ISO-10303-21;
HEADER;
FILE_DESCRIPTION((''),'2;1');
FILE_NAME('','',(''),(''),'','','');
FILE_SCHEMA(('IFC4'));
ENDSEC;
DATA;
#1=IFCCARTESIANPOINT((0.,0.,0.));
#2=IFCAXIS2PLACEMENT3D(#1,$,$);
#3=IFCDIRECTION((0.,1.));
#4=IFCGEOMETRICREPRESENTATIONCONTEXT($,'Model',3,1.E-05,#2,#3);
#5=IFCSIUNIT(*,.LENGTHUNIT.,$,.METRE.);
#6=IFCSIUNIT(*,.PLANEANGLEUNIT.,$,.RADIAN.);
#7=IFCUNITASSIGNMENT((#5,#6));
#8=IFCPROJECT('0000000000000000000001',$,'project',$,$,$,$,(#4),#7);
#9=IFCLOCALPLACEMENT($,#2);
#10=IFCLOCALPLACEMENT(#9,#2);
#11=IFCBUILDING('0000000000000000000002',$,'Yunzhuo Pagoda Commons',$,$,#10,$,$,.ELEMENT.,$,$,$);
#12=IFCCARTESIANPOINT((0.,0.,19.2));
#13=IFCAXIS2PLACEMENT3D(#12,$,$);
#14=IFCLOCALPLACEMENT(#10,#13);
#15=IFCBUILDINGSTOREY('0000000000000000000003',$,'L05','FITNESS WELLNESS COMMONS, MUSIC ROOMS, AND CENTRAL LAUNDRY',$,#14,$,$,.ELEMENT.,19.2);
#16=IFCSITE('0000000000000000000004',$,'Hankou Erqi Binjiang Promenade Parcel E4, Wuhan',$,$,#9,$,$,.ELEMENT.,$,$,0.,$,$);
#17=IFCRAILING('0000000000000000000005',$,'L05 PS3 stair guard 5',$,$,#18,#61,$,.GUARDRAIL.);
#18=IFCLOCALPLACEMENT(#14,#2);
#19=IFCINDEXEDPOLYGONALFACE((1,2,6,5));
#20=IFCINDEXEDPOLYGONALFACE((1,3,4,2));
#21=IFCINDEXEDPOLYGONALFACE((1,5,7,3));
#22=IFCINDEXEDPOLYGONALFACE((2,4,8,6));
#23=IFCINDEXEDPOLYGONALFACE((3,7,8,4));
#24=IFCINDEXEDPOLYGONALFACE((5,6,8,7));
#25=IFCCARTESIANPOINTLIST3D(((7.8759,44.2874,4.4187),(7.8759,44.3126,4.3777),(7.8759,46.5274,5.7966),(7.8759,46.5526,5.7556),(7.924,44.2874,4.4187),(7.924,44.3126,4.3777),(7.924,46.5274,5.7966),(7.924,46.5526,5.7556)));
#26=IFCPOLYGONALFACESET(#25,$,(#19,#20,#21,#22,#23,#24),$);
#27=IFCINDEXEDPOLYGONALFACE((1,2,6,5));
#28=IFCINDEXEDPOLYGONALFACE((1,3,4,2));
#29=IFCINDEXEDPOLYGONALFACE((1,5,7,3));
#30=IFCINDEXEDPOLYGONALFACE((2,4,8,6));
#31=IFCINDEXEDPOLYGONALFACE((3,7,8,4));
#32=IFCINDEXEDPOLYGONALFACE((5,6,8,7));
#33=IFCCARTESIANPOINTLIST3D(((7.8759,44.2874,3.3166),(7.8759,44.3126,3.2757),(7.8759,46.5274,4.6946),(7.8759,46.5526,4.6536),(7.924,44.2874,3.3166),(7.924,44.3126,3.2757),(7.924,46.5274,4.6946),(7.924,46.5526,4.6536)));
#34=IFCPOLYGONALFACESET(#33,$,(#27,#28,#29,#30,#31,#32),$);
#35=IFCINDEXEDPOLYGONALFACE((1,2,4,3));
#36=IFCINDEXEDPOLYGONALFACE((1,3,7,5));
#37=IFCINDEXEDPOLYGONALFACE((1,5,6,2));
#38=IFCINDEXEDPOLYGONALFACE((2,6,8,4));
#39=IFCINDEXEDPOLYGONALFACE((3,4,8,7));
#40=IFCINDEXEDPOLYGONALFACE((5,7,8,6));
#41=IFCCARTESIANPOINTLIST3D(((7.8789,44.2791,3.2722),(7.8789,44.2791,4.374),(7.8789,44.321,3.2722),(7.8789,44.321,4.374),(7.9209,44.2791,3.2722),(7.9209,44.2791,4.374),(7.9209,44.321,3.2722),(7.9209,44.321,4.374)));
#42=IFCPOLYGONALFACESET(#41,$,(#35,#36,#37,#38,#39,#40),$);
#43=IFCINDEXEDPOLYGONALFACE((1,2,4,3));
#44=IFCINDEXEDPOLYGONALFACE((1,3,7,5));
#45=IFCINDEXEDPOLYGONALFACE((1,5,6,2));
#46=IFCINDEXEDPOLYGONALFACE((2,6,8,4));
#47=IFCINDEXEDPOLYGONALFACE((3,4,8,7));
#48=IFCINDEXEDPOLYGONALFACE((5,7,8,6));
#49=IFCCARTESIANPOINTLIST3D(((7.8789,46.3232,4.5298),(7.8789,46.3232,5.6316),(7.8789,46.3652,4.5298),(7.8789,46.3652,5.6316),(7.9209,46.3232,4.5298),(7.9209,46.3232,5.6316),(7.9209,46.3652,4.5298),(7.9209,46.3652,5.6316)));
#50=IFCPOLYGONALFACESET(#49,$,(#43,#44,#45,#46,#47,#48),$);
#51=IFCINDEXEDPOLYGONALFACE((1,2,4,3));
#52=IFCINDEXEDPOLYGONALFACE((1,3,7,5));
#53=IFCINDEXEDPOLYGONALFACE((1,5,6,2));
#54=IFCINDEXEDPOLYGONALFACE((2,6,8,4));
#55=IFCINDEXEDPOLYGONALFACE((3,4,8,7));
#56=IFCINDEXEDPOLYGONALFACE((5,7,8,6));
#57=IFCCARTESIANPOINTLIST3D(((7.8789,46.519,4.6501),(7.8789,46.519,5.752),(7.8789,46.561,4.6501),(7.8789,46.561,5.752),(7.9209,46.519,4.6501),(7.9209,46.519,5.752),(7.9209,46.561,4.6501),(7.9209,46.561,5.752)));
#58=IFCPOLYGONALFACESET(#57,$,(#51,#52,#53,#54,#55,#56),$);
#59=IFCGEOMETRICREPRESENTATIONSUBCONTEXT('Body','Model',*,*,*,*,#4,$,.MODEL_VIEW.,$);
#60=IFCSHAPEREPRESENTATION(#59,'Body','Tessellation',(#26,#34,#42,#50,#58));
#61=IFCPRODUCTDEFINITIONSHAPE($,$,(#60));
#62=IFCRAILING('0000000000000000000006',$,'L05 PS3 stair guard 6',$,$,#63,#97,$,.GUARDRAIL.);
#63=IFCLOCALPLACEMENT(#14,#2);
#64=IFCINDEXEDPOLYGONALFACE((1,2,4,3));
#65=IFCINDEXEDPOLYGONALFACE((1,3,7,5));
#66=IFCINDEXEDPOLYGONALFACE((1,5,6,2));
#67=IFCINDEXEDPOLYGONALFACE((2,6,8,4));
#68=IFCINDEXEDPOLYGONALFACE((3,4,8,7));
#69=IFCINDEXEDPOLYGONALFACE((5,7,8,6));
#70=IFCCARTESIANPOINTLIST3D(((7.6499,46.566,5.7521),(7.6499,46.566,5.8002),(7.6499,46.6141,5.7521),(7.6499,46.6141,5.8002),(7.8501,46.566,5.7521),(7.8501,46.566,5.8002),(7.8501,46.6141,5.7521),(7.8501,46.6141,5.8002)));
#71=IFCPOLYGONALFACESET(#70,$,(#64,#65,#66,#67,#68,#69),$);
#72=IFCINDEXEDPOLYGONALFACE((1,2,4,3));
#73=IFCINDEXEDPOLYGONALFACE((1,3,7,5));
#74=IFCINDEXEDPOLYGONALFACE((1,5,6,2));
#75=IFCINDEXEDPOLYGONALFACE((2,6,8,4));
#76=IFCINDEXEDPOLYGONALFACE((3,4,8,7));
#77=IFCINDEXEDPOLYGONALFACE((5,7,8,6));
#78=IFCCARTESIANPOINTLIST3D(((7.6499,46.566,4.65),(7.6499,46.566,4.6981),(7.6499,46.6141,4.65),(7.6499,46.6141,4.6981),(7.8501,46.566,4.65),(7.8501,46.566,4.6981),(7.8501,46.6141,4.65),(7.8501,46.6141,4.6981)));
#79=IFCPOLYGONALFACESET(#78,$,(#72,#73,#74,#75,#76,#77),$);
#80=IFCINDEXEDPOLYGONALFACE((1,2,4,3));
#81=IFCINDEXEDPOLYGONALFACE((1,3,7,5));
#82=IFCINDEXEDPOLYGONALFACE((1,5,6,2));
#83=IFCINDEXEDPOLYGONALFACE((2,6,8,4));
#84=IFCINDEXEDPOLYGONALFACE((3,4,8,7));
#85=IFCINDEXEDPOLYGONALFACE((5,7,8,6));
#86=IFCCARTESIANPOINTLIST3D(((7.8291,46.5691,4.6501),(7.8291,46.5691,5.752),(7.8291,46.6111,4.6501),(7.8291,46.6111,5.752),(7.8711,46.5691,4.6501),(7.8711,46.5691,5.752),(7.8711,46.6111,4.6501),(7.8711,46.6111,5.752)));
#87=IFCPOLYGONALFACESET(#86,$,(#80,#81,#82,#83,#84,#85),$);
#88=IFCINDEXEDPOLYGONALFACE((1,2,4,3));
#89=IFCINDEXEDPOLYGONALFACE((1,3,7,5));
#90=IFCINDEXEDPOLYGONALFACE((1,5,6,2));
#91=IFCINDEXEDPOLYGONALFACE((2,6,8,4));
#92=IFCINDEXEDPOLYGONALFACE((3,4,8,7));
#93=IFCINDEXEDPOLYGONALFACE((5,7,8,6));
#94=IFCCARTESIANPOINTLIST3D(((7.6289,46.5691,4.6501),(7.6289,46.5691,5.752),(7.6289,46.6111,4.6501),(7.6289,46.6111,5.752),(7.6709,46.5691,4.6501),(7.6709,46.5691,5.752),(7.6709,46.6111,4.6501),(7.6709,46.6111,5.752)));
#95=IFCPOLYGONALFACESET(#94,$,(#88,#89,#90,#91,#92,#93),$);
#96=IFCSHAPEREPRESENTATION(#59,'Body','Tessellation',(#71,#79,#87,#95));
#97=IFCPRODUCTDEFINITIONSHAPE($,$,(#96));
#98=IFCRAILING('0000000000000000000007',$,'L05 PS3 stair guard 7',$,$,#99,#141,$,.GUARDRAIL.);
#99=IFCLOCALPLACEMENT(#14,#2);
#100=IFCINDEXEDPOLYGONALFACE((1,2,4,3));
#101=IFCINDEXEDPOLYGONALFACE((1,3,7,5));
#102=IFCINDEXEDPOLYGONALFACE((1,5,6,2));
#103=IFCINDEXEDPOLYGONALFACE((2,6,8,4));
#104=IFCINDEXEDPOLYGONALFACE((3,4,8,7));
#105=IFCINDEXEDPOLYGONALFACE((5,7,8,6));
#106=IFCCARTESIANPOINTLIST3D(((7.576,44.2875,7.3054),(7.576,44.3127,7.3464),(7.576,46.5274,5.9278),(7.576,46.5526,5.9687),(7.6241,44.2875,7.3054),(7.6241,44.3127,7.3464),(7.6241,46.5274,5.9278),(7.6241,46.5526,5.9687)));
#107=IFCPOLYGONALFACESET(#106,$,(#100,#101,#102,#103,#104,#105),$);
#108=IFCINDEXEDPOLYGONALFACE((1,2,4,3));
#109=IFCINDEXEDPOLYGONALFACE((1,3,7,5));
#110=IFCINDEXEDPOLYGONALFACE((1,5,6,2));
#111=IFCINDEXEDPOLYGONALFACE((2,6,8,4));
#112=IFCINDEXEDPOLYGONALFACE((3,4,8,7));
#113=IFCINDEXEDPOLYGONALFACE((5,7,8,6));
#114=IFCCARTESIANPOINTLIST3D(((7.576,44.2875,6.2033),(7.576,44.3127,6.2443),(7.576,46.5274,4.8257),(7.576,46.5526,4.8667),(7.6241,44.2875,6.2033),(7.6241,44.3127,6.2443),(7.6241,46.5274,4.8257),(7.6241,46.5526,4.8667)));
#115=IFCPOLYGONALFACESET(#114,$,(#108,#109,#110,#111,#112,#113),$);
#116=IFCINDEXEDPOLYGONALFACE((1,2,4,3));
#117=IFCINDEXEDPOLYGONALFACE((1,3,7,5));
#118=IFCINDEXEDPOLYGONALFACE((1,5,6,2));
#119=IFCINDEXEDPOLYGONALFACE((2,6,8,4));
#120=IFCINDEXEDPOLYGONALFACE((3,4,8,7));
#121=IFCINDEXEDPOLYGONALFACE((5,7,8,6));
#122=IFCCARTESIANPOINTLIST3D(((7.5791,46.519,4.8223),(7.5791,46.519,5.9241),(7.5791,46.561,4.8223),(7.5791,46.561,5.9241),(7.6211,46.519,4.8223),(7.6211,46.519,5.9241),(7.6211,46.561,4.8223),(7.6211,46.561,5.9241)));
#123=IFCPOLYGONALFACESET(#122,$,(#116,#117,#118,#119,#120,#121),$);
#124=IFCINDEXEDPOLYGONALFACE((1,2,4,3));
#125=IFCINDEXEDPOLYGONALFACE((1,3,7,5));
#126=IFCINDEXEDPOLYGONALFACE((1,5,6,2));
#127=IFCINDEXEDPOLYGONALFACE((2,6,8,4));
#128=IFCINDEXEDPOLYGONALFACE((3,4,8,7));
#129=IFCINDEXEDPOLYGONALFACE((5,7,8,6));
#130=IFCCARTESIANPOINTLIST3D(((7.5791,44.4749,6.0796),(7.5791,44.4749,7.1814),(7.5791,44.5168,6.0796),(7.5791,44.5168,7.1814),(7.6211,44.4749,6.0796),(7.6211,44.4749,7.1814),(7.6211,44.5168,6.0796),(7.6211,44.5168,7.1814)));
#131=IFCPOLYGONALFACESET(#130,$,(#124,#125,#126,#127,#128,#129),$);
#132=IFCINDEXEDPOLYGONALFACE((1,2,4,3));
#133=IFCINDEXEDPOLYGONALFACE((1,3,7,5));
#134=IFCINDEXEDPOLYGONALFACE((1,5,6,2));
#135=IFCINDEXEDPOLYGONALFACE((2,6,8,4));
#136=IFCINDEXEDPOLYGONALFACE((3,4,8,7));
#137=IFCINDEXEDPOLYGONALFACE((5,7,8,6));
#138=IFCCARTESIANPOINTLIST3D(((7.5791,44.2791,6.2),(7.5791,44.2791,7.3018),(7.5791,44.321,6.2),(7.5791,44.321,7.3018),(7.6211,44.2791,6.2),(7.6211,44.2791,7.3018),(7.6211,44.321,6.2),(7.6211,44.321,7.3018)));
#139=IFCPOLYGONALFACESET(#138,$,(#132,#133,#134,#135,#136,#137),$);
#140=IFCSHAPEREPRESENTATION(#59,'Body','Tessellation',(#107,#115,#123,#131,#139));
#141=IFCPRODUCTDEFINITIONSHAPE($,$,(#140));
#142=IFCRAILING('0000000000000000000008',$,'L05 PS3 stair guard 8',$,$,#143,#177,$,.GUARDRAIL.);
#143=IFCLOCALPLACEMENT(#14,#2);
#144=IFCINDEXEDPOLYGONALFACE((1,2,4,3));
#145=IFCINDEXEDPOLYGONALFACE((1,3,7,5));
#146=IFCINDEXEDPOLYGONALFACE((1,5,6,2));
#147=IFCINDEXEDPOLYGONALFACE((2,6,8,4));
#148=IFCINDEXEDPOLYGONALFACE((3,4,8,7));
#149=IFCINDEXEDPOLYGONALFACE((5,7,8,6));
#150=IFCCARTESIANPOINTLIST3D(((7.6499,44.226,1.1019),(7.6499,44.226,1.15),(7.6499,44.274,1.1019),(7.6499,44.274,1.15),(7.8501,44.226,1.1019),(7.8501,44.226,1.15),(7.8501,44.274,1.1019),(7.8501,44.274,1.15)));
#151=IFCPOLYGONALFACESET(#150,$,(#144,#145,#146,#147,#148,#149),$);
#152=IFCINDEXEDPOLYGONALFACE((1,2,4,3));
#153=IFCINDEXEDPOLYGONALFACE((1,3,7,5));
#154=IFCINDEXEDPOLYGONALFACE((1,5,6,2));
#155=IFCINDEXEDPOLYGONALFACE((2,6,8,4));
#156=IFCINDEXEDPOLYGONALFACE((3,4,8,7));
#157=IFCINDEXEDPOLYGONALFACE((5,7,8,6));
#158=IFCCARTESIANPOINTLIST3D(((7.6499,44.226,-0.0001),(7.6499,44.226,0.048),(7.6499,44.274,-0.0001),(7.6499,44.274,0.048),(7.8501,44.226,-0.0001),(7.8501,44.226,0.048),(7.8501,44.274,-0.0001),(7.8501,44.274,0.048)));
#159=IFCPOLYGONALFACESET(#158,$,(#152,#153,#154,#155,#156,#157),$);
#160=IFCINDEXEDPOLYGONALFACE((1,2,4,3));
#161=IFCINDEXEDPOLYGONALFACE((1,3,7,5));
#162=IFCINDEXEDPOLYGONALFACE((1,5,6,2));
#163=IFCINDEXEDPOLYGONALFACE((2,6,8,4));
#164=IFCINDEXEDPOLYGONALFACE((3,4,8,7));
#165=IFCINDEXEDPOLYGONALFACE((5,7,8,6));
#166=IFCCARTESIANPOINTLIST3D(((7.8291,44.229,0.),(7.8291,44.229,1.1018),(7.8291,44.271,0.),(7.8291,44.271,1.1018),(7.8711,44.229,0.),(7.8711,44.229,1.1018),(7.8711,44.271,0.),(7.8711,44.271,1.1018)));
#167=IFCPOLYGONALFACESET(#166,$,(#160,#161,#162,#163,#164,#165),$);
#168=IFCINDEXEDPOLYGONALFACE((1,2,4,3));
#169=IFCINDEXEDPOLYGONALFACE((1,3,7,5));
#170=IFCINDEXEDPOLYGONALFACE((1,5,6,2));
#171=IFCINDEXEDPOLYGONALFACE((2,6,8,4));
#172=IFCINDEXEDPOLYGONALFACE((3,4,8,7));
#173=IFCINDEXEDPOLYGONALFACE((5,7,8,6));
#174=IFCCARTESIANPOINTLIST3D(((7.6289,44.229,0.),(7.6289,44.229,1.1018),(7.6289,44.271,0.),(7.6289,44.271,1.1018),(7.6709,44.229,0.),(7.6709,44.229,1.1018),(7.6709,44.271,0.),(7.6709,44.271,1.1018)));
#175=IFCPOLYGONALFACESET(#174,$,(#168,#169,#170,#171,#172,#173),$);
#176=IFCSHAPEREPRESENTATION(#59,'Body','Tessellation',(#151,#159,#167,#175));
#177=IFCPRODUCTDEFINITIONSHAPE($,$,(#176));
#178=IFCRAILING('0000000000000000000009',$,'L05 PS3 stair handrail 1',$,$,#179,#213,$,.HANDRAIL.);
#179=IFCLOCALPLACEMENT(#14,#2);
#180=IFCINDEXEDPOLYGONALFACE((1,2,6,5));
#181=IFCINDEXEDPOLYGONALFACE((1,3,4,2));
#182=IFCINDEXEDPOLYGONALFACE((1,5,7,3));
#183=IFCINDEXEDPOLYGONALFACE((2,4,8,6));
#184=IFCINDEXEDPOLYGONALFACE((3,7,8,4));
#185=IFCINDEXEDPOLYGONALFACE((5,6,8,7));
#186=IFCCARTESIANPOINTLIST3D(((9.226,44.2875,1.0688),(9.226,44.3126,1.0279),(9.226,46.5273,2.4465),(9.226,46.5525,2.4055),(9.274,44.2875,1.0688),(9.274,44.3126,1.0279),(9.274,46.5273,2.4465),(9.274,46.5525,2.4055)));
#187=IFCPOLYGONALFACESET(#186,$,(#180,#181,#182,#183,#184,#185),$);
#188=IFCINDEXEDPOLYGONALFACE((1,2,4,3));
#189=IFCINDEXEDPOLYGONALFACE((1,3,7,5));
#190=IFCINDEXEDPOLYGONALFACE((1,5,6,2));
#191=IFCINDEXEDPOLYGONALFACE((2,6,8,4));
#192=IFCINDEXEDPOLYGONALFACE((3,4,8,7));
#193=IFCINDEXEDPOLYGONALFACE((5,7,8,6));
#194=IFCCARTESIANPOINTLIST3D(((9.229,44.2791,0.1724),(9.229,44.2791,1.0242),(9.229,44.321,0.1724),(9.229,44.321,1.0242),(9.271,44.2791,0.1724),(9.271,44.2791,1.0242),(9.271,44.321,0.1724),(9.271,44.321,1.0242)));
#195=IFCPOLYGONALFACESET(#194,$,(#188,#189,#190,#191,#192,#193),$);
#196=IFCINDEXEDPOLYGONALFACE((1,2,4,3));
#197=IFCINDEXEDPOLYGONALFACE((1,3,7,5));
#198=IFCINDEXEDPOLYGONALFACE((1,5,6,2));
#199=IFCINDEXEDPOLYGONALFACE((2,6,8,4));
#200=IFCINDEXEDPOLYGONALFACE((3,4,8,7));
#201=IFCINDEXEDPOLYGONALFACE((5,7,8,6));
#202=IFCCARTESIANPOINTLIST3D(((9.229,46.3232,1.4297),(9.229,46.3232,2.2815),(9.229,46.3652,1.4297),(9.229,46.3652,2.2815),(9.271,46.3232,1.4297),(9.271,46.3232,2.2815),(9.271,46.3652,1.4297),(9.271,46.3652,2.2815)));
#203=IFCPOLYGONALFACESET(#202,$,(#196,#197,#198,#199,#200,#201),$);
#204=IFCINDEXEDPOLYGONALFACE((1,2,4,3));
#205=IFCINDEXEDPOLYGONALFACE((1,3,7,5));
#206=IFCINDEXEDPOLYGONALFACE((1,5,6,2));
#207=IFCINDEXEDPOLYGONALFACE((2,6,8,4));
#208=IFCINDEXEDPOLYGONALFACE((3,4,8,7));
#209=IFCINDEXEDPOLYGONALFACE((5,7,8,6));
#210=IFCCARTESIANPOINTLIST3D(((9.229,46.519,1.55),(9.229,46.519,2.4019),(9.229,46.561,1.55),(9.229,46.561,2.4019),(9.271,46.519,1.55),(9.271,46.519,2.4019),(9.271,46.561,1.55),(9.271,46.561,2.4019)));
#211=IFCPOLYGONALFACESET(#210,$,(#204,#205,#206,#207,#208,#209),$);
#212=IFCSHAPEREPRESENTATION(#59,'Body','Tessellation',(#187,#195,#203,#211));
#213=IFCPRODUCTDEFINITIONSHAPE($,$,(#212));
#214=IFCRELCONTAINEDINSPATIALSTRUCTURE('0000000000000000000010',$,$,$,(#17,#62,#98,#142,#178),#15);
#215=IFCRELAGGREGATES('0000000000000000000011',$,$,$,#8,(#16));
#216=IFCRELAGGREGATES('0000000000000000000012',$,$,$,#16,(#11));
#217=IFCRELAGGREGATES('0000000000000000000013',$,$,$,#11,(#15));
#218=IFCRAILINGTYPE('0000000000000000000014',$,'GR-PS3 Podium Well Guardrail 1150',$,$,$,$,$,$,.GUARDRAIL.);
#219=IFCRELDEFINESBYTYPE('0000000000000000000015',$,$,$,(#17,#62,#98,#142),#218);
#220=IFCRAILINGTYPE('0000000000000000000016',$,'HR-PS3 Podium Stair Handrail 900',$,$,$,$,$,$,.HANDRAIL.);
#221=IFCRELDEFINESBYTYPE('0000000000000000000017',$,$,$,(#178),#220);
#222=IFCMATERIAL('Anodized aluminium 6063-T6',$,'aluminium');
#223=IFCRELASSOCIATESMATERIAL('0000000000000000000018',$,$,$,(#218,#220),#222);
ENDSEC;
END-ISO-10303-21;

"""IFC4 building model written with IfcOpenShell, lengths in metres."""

from ifc_helpers import new_model, si_unit, direction, frame, origin, origin_2d, place, context, subcontext, project, spatial, rectangle, extrude, material, type_object, element, save


model = new_model("IFC4")

# Units and contexts
model_context = context("Model", 3, precision=1e-05, world=origin(), true_north=direction((0.0, 1.0)))
body_context = subcontext(model_context, "Body", "Model", "MODEL_VIEW")
ifc_project = project(units=[si_unit("LENGTHUNIT", "METRE"), si_unit("PLANEANGLEUNIT", "RADIAN")], contexts=[model_context])

# Site, building, storey
site_placement = place(None, origin())
site = spatial("IfcSite", under=ifc_project, at=site_placement, Name="Hankou Erqi Binjiang Promenade Parcel E4, Wuhan", CompositionType="ELEMENT", RefElevation=0.0)
building_placement = place(site_placement, origin())
building = spatial("IfcBuilding", under=site, at=building_placement, Name="Yunzhuo Pagoda Commons", CompositionType="ELEMENT")
storey_placement = place(building_placement, frame((0.0, 0.0, 19.2)))
storey = spatial("IfcBuildingStorey", under=building, at=storey_placement, Name="L05", Description="FITNESS WELLNESS COMMONS, MUSIC ROOMS, AND CENTRAL LAUNDRY", CompositionType="ELEMENT", Elevation=19.2)

# Railings
ifc_material_1 = material(Name="Anodized aluminium 6063-T6", Category="aluminium")
railing_type_1 = type_object("IfcRailingType", Name="GR-PS3 Podium Well Guardrail 1150", PredefinedType="GUARDRAIL", material=ifc_material_1)
railing_1_placement = place(storey_placement, frame((7.8999, 44.3, 3.2722)))
element("IfcRailing", 1, at=railing_1_placement, inside=storey, type_object=railing_type_1, Name="L05 PS3 stair guard 5", PredefinedType="GUARDRAIL", context=body_context, shape_type="SweptSolid", body=[
    extrude(rectangle(XDim=0.0481, YDim=0.0481, at=origin_2d()), frame((0.0, 0.0, 1.126), z_axis=(0.0, 0.851748, 0.523952), x_axis=(-1.0, 0.0, 0.0)), (0.0, 0.0, 1.0), 2.6299),
    extrude(rectangle(XDim=0.0481, YDim=0.0481, at=origin_2d()), frame((0.0, 0.0, 0.0239), z_axis=(0.0, 0.851748, 0.523952), x_axis=(-1.0, 0.0, 0.0)), (0.0, 0.0, 1.0), 2.6299),
    extrude(rectangle(XDim=0.042, YDim=0.042, at=origin_2d()), origin(), (0.0, 0.0, 1.0), 1.1018),
    extrude(rectangle(XDim=0.042, YDim=0.042, at=origin_2d()), frame((0.0, 2.0442, 1.2576)), (0.0, 0.0, 1.0), 1.1018),
    extrude(rectangle(XDim=0.042, YDim=0.042, at=origin_2d()), frame((0.0, 2.24, 1.3779)), (0.0, 0.0, 1.0), 1.1018),
])
railing_2_placement = place(storey_placement, frame((7.8501, 46.5901, 4.6501)))
element("IfcRailing", 2, at=railing_2_placement, inside=storey, type_object=railing_type_1, Name="L05 PS3 stair guard 6", PredefinedType="GUARDRAIL", context=body_context, shape_type="SweptSolid", body=[
    extrude(rectangle(XDim=0.0481, YDim=0.0481, at=origin_2d()), frame((0.0, 0.0, 1.126), z_axis=(-1.0, 0.0, 0.0), x_axis=(0.0, -1.0, 0.0)), (0.0, 0.0, 1.0), 0.2002),
    extrude(rectangle(XDim=0.0481, YDim=0.0481, at=origin_2d()), frame((0.0, 0.0, 0.0239), z_axis=(-1.0, 0.0, 0.0), x_axis=(0.0, -1.0, 0.0)), (0.0, 0.0, 1.0), 0.2002),
    extrude(rectangle(XDim=0.042, YDim=0.042, at=origin_2d()), origin(), (0.0, 0.0, 1.0), 1.1018),
    extrude(rectangle(XDim=0.042, YDim=0.042, at=origin_2d()), frame((-0.2002, 0.0, 0.0)), (0.0, 0.0, 1.0), 1.1018),
])
railing_3_placement = place(storey_placement, frame((7.6001, 46.54, 4.8223)))
element("IfcRailing", 3, at=railing_3_placement, inside=storey, type_object=railing_type_1, Name="L05 PS3 stair guard 7", PredefinedType="GUARDRAIL", context=body_context, shape_type="SweptSolid", body=[
    extrude(rectangle(XDim=0.0481, YDim=0.0481, at=origin_2d()), frame((0.0, 0.0, 1.126), z_axis=(0.0, -0.851789, 0.523885), x_axis=(1.0, 0.0, 0.0)), (0.0, 0.0, 1.0), 2.6296),
    extrude(rectangle(XDim=0.0481, YDim=0.0481, at=origin_2d()), frame((0.0, 0.0, 0.0239), z_axis=(0.0, -0.851789, 0.523885), x_axis=(1.0, 0.0, 0.0)), (0.0, 0.0, 1.0), 2.6296),
    extrude(rectangle(XDim=0.042, YDim=0.042, at=origin_2d()), origin(), (0.0, 0.0, 1.0), 1.1018),
    extrude(rectangle(XDim=0.042, YDim=0.042, at=origin_2d()), frame((0.0, -2.0442, 1.2573)), (0.0, 0.0, 1.0), 1.1018),
    extrude(rectangle(XDim=0.042, YDim=0.042, at=origin_2d()), frame((0.0, -2.24, 1.3777)), (0.0, 0.0, 1.0), 1.1018),
])
railing_4_placement = place(storey_placement, frame((7.8501, 44.25, 0.0)))
element("IfcRailing", 4, at=railing_4_placement, inside=storey, type_object=railing_type_1, Name="L05 PS3 stair guard 8", PredefinedType="GUARDRAIL", context=body_context, shape_type="SweptSolid", body=[
    extrude(rectangle(XDim=0.0481, YDim=0.0481, at=origin_2d()), frame((0.0, 0.0, 1.126), z_axis=(-1.0, 0.0, 0.0), x_axis=(0.0, -1.0, 0.0)), (0.0, 0.0, 1.0), 0.2002),
    extrude(rectangle(XDim=0.0481, YDim=0.0481, at=origin_2d()), frame((0.0, 0.0, 0.0239), z_axis=(-1.0, 0.0, 0.0), x_axis=(0.0, -1.0, 0.0)), (0.0, 0.0, 1.0), 0.2002),
    extrude(rectangle(XDim=0.042, YDim=0.042, at=origin_2d()), origin(), (0.0, 0.0, 1.0), 1.1018),
    extrude(rectangle(XDim=0.042, YDim=0.042, at=origin_2d()), frame((-0.2002, 0.0, 0.0)), (0.0, 0.0, 1.0), 1.1018),
])
railing_type_2 = type_object("IfcRailingType", Name="HR-PS3 Podium Stair Handrail 900", PredefinedType="HANDRAIL", material=ifc_material_1)
railing_5_placement = place(storey_placement, frame((9.25, 44.3, 0.1724)))
element("IfcRailing", 5, at=railing_5_placement, inside=storey, type_object=railing_type_2, Name="L05 PS3 stair handrail 1", PredefinedType="HANDRAIL", context=body_context, shape_type="SweptSolid", body=[
    extrude(rectangle(XDim=0.0481, YDim=0.0481, at=origin_2d()), frame((0.0, 0.0, 0.876), z_axis=(0.0, 0.851789, 0.523885), x_axis=(-1.0, 0.0, 0.0)), (0.0, 0.0, 1.0), 2.6296),
    extrude(rectangle(XDim=0.042, YDim=0.042, at=origin_2d()), origin(), (0.0, 0.0, 1.0), 0.8518),
    extrude(rectangle(XDim=0.042, YDim=0.042, at=origin_2d()), frame((0.0, 2.0442, 1.2573)), (0.0, 0.0, 1.0), 0.8518),
    extrude(rectangle(XDim=0.042, YDim=0.042, at=origin_2d()), frame((0.0, 2.24, 1.3777)), (0.0, 0.0, 1.0), 0.8518),
])

save(model, "model.ifc")
